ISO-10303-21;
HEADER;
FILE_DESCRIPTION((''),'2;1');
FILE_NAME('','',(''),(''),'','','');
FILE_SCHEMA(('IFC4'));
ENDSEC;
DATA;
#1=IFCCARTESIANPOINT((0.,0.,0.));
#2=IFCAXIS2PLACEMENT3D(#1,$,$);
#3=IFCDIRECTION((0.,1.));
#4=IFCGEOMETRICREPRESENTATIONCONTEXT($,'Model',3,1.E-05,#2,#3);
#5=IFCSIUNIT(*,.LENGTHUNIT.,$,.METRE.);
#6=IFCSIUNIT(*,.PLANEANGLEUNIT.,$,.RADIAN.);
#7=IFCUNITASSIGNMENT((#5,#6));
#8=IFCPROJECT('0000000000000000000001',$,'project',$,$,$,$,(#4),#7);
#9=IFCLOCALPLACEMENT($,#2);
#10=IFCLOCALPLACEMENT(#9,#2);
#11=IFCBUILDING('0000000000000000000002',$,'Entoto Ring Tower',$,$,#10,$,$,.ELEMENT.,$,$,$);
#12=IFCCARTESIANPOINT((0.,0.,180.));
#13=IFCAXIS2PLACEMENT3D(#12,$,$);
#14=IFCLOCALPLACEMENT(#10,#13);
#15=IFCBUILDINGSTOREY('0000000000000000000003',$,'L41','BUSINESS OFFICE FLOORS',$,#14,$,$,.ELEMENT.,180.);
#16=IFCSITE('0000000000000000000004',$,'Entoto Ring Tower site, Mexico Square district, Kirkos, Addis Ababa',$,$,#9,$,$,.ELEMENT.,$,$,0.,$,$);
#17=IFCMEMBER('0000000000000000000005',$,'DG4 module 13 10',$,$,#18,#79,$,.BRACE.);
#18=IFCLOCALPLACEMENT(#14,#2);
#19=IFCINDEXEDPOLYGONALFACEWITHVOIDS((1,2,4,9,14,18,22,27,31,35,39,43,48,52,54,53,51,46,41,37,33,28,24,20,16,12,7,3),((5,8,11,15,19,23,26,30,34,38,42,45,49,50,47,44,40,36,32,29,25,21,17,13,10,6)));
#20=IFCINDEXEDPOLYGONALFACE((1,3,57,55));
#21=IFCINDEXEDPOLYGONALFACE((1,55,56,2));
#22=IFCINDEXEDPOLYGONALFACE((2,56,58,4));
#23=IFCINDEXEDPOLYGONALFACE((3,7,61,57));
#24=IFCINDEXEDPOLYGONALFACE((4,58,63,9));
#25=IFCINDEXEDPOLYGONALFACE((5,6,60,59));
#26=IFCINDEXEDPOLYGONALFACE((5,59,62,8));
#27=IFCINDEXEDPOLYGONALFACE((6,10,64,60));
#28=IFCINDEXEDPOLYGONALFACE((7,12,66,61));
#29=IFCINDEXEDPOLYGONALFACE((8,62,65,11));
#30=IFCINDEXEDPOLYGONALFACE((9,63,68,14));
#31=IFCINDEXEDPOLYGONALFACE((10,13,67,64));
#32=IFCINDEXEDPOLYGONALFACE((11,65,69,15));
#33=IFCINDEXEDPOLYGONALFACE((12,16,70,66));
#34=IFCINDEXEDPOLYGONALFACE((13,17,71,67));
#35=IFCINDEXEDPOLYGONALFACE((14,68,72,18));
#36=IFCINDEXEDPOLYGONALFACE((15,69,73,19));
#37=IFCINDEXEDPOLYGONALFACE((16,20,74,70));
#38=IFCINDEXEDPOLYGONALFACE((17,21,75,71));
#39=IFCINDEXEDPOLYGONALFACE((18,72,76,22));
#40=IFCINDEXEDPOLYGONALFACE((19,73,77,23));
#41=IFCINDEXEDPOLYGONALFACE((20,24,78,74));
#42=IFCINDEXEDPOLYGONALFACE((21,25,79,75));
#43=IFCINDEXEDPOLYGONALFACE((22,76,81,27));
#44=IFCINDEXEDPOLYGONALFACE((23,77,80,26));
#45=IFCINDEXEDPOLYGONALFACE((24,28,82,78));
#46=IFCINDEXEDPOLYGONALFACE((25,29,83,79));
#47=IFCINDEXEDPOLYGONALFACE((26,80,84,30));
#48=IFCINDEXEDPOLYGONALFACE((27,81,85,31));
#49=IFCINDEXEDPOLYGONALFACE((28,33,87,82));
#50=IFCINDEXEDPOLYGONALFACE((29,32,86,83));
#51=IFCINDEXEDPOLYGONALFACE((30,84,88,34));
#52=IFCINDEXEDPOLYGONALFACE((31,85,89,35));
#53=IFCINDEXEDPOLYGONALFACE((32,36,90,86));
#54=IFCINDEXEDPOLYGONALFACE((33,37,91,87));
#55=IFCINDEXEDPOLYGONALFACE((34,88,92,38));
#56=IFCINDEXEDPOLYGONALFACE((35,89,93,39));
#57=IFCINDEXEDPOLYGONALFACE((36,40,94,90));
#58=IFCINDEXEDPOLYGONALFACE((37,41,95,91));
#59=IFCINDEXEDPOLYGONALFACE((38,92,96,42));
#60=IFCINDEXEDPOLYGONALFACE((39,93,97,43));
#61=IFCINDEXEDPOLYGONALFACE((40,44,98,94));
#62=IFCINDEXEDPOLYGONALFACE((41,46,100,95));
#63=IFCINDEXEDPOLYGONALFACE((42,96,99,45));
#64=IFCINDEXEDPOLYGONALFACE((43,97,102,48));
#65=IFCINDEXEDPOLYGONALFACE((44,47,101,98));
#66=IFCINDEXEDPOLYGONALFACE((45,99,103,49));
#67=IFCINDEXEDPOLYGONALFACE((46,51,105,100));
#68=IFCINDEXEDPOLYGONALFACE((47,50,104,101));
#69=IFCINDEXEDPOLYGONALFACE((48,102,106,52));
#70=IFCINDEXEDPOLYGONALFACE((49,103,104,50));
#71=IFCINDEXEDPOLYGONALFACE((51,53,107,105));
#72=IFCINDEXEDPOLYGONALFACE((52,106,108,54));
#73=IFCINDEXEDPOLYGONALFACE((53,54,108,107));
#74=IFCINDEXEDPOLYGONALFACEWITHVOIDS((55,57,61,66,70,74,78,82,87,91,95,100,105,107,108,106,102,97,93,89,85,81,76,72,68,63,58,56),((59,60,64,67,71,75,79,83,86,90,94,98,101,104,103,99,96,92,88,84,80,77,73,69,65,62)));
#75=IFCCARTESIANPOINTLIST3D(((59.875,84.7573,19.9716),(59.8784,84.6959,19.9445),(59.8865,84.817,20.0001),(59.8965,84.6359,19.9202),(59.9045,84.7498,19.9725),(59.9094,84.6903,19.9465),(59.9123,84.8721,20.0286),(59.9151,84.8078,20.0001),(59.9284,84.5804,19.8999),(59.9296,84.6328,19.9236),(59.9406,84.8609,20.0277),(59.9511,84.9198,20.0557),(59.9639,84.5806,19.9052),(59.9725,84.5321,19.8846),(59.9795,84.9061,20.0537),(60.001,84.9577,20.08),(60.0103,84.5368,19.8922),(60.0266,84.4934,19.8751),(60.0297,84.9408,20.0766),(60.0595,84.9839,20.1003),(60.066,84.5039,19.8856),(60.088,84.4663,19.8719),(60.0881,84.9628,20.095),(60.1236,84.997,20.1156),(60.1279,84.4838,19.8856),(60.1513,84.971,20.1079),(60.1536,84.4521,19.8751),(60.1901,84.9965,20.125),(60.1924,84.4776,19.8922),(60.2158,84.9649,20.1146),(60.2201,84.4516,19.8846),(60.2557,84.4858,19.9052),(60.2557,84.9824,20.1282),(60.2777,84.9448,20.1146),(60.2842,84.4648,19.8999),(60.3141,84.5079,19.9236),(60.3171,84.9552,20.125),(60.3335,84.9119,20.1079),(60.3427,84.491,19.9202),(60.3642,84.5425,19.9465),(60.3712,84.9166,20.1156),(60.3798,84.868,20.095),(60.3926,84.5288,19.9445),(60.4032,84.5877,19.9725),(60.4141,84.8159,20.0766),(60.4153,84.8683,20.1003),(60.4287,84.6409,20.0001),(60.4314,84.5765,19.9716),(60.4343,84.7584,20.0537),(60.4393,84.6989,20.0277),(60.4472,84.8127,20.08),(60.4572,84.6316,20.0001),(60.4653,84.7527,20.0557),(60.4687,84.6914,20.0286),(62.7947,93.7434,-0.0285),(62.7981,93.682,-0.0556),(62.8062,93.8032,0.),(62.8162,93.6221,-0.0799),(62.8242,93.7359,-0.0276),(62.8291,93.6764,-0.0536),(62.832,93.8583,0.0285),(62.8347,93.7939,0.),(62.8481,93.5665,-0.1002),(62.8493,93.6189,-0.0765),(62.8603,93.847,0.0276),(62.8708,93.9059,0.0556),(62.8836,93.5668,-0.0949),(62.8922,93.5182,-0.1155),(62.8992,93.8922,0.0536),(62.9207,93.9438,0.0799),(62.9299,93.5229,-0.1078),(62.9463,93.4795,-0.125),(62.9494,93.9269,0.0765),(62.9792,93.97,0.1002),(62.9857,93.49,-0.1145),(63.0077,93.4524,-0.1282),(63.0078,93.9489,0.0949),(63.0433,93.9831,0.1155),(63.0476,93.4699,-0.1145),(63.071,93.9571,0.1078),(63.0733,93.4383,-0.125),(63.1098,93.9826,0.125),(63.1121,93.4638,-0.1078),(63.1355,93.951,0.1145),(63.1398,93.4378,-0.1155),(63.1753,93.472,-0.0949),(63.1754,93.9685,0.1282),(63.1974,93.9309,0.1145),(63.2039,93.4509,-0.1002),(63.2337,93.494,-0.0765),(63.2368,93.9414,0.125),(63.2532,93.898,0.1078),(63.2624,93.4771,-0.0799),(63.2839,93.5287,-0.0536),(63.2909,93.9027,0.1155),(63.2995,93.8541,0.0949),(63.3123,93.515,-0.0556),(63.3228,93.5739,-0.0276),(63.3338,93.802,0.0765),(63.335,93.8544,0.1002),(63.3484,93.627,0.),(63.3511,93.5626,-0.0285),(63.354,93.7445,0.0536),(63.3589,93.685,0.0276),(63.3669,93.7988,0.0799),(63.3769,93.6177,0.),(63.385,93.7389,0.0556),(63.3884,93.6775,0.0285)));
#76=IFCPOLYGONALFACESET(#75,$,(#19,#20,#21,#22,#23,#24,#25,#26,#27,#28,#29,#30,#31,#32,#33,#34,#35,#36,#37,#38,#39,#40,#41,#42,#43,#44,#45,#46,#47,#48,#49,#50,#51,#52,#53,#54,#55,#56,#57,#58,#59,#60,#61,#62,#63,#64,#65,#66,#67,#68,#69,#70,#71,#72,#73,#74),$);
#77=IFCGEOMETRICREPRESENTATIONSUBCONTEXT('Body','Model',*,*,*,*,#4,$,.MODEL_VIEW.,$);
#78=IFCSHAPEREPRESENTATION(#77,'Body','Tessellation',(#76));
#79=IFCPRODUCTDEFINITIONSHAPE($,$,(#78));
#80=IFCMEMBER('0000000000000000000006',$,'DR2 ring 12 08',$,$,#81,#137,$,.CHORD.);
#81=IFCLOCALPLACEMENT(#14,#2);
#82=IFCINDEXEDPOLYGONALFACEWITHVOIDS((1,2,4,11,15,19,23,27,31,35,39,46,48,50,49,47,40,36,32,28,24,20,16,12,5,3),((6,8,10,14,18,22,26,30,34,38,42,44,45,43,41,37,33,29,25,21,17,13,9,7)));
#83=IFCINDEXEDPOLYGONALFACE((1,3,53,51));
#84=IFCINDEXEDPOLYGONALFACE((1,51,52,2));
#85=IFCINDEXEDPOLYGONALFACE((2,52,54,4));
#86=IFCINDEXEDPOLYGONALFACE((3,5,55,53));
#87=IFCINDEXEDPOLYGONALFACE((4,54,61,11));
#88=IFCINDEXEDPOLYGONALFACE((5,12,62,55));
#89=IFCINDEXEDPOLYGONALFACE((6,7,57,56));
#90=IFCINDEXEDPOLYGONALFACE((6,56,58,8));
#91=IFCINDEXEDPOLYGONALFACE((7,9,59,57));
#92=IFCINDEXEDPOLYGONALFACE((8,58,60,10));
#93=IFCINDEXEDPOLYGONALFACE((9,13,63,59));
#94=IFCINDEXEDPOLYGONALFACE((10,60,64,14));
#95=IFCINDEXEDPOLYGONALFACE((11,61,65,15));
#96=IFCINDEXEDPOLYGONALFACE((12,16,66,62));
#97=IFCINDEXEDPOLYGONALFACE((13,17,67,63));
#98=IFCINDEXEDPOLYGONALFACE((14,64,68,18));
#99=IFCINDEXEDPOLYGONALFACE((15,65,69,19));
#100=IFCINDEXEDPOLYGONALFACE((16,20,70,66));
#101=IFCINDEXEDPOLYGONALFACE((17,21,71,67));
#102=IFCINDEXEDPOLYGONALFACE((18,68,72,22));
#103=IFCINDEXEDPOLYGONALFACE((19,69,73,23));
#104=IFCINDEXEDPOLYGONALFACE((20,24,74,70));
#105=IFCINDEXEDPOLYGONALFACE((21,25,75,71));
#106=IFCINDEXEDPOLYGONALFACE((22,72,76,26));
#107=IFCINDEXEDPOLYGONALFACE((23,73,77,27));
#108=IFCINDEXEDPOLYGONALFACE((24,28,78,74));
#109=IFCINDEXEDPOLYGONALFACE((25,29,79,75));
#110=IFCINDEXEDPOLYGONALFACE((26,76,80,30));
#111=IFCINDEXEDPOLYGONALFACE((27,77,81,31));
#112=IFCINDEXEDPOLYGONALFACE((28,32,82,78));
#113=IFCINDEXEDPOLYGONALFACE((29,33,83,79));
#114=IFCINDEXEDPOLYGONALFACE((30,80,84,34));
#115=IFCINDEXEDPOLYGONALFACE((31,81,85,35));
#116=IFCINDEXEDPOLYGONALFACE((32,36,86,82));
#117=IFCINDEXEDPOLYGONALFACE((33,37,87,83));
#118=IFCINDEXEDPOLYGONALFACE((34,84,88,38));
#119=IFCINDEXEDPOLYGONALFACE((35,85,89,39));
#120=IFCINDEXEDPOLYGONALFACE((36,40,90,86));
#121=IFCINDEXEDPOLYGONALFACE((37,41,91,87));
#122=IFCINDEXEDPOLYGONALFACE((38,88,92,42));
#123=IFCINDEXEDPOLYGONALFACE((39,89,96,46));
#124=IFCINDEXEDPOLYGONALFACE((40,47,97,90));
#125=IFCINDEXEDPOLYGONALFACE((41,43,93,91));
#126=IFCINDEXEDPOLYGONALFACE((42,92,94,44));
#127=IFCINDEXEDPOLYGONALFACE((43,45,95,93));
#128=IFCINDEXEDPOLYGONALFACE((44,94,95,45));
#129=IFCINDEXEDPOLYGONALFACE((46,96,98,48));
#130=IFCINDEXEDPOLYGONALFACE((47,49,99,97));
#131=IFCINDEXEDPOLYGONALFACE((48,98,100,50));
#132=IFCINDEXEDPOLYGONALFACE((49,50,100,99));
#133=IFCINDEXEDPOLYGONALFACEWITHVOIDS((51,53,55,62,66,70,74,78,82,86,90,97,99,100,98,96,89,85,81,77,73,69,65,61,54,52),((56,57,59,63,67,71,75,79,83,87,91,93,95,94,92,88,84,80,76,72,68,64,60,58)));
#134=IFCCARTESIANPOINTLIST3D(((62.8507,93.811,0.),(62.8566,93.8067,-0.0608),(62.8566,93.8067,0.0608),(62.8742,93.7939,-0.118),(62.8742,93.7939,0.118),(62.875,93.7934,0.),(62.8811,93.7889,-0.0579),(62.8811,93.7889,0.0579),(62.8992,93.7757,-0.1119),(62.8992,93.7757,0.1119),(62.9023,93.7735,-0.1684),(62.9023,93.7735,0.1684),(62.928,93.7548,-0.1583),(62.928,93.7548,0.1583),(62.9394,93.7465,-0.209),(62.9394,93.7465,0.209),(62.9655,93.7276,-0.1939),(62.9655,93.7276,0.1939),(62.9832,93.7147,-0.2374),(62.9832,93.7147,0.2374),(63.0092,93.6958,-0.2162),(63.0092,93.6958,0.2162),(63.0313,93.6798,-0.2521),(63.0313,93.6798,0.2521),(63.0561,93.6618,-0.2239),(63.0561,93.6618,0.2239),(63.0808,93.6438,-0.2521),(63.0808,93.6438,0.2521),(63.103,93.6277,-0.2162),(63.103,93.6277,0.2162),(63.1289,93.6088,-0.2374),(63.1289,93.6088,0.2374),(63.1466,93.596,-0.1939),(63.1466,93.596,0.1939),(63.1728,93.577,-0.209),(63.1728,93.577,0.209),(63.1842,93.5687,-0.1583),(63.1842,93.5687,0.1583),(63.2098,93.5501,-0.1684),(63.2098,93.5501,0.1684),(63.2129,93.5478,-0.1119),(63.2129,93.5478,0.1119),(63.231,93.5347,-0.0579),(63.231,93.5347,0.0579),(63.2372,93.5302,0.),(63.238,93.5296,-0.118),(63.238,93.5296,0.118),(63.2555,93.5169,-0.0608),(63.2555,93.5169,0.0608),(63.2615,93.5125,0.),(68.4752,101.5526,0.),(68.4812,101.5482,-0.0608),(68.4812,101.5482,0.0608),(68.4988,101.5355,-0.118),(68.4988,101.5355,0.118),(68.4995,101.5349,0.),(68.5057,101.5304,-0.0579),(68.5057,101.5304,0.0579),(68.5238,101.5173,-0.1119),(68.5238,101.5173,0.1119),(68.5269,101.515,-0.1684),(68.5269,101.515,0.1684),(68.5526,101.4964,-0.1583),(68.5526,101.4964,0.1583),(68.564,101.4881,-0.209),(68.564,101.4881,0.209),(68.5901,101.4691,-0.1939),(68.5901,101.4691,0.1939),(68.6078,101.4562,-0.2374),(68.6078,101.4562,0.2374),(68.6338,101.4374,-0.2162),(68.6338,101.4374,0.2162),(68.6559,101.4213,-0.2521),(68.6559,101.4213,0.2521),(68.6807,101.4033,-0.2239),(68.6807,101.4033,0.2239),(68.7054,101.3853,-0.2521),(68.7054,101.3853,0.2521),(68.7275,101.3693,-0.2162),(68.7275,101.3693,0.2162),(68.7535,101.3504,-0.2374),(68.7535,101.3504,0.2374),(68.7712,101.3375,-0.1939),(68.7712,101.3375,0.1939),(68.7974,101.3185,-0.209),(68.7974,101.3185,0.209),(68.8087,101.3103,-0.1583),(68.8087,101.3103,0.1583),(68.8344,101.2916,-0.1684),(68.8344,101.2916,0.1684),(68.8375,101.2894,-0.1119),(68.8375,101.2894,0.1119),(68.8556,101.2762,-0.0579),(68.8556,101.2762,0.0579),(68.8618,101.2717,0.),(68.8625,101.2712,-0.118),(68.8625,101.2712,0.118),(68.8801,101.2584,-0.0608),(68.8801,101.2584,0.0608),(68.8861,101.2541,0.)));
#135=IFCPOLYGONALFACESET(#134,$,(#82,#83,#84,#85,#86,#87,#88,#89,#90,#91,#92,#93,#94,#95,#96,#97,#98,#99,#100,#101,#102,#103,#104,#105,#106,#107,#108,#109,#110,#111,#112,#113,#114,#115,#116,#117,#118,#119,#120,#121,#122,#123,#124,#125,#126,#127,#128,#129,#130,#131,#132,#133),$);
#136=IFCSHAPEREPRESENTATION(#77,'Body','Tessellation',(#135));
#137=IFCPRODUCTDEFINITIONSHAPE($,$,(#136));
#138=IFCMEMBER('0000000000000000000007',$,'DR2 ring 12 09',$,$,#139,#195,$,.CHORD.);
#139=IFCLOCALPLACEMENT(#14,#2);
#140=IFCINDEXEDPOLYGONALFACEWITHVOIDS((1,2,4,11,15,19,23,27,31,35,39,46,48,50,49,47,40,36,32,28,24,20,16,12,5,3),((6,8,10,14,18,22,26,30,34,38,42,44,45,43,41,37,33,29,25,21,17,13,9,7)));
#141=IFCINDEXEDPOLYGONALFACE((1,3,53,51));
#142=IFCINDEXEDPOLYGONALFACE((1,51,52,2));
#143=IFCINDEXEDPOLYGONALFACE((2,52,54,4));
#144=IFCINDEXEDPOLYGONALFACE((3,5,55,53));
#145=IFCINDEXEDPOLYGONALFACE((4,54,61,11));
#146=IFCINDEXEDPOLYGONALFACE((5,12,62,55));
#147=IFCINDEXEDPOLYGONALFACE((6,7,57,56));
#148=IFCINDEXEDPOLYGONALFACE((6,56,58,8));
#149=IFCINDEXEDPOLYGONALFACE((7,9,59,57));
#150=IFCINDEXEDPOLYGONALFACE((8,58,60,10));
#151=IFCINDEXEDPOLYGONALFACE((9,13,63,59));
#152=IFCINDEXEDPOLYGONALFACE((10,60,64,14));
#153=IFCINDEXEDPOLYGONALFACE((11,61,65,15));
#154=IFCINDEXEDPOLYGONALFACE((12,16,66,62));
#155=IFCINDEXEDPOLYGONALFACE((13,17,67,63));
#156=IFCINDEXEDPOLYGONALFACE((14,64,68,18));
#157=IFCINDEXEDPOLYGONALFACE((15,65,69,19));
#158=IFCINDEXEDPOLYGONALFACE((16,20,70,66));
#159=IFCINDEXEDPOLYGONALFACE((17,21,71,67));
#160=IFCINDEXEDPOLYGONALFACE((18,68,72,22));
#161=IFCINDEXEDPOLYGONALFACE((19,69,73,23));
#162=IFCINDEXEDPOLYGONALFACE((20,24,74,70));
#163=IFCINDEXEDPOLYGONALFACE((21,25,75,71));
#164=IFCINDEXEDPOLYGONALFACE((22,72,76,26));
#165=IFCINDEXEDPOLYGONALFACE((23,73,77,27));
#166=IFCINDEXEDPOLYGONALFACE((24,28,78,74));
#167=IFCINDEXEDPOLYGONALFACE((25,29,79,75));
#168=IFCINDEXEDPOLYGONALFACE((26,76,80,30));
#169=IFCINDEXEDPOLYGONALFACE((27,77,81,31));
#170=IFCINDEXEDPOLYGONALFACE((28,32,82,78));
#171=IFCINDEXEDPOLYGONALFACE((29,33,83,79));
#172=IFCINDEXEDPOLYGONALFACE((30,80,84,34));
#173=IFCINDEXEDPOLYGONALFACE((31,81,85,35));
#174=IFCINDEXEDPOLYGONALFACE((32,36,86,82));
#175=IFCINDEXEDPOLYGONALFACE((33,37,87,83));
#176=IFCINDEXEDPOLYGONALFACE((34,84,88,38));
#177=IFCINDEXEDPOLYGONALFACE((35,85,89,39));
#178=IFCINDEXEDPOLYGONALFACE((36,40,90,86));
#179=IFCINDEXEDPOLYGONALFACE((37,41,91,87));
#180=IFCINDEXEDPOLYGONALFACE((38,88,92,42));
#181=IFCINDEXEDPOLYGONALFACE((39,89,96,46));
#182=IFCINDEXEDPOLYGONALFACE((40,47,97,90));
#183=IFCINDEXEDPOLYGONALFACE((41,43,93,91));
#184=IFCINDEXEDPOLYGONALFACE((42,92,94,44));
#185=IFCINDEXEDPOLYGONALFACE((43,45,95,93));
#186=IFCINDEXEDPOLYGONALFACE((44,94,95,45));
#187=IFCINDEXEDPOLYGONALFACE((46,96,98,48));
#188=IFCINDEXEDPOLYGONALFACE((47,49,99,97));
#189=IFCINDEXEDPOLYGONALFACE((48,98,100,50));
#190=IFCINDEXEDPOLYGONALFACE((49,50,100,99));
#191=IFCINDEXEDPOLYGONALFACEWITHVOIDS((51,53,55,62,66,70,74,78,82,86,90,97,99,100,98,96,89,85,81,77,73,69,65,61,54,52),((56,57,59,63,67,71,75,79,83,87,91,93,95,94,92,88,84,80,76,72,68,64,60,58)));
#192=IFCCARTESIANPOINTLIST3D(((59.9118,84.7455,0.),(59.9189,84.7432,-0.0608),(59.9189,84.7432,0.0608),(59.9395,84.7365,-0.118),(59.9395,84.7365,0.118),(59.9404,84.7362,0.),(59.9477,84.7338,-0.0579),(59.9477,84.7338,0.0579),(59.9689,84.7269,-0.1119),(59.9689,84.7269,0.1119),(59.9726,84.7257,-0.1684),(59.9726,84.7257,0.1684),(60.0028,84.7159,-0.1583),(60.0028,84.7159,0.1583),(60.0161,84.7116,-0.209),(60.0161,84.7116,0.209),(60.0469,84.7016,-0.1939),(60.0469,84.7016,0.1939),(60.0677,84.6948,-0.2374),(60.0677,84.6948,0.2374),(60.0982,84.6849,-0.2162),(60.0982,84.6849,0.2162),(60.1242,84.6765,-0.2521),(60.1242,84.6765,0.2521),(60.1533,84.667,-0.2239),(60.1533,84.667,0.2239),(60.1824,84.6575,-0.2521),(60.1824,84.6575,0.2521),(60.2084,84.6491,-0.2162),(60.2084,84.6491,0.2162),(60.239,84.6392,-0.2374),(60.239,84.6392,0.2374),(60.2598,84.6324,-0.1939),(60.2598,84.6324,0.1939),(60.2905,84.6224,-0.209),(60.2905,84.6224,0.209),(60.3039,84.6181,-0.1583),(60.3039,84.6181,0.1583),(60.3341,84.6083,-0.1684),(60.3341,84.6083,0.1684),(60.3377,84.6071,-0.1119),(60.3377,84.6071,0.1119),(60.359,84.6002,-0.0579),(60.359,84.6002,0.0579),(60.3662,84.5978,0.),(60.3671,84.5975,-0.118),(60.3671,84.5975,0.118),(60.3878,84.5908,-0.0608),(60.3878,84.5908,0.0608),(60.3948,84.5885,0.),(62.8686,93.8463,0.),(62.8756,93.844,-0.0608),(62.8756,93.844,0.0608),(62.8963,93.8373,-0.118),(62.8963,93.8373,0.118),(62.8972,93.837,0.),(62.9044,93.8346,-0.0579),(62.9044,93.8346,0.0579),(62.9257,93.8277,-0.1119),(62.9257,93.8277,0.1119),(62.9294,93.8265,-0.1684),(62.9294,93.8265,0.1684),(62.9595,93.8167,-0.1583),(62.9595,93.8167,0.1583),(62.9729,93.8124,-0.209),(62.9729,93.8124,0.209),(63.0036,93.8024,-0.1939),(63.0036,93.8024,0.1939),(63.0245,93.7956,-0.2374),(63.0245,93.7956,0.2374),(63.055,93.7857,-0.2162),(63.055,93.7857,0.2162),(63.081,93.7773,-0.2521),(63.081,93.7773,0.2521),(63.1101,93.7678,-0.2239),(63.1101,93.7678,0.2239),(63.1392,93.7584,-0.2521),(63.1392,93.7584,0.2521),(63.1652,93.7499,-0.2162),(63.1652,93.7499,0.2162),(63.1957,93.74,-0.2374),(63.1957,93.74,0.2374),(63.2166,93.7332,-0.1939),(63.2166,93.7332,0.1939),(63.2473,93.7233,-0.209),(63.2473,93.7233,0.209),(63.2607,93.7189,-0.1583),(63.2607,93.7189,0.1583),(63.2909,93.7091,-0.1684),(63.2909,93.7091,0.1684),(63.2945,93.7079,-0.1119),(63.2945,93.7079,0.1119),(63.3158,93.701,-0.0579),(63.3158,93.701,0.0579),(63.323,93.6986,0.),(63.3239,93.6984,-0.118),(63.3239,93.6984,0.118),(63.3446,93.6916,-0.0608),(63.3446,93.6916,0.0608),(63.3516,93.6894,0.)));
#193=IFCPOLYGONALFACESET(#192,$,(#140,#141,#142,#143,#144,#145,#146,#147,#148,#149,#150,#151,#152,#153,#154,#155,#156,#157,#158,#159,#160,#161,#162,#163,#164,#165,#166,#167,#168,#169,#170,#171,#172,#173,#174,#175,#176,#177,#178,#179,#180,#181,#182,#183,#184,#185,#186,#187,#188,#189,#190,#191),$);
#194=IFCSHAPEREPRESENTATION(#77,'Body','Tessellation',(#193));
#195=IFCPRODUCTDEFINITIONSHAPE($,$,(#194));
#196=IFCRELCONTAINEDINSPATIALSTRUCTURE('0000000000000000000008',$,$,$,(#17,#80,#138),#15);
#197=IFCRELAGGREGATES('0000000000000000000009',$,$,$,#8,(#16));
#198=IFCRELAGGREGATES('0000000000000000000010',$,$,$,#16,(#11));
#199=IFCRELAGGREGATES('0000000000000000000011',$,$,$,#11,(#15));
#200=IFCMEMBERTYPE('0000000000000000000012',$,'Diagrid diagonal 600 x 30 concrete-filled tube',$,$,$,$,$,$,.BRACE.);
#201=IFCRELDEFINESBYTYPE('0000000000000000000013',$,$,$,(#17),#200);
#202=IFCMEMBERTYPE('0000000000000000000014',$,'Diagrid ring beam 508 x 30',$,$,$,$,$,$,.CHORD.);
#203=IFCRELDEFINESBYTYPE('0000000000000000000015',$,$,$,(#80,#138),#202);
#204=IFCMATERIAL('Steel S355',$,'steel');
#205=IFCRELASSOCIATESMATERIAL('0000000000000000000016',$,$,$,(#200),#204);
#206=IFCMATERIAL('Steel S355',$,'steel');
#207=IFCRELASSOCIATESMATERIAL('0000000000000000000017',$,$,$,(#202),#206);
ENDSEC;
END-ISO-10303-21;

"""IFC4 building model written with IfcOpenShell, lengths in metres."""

from ifc_helpers import new_model, si_unit, direction, frame, origin, origin_2d, place, context, subcontext, project, spatial, circle, hollow_circle, extrude, material, material_profile, profile_set, type_object, element, save


model = new_model("IFC4")

# Units and contexts
model_context = context("Model", 3, precision=1e-05, world=origin(), true_north=direction((0.0, 1.0)))
body_context = subcontext(model_context, "Body", "Model", "MODEL_VIEW")
ifc_project = project(units=[si_unit("LENGTHUNIT", "METRE"), si_unit("PLANEANGLEUNIT", "RADIAN")], contexts=[model_context])

# Site, building, storey
site_placement = place(None, origin())
site = spatial("IfcSite", under=ifc_project, at=site_placement, Name="Entoto Ring Tower site, Mexico Square district, Kirkos, Addis Ababa", CompositionType="ELEMENT", RefElevation=0.0)
building_placement = place(site_placement, origin())
building = spatial("IfcBuilding", under=site, at=building_placement, Name="Entoto Ring Tower", CompositionType="ELEMENT")
storey_placement = place(building_placement, frame((0.0, 0.0, 180.0)))
storey = spatial("IfcBuildingStorey", under=building, at=storey_placement, Name="L41", Description="BUSINESS OFFICE FLOORS", CompositionType="ELEMENT", Elevation=180.0)

# Members
ifc_material_1 = material(Name="Steel S355", Category="steel")
ifc_material_profile_1 = material_profile(ifc_material_1, hollow_circle(Radius=0.3, WallThickness=0.03, at=origin_2d()), Name="CHS 600 x 30")
ifc_material_2 = material(Name="Concrete C60/75", Category="concrete")
ifc_material_profile_2 = material_profile(ifc_material_2, circle(Radius=0.27, at=origin_2d()), Name="Concrete C60/75 infill")
ifc_profile_set_1 = profile_set([ifc_material_profile_1, ifc_material_profile_2], Name="Steel S355")
member_type_1 = type_object("IfcMemberType", Name="Diagrid diagonal 600 x 30 concrete-filled tube", PredefinedType="BRACE", material=ifc_profile_set_1)
for number, where, z_axis, x_axis, name in (
    (1, (63.0916, 93.7104, 0.0), (-0.131995, -0.406251, 0.904178), (0.951059, -0.30901, 0.0), "DG4 module 13 10"),
):
    element("IfcMember", number, at=place(storey_placement, frame(where, z_axis=z_axis, x_axis=x_axis)), inside=storey, type_object=member_type_1, Name=name, PredefinedType="BRACE", context=body_context, shape_type="SweptSolid", body=[
        extrude(hollow_circle(Radius=0.3, WallThickness=0.03, at=origin_2d()), origin(), (0.0, 0.0, 1.0), 22.1196),
    ])
ifc_material_3 = material(Name="Steel S355", Category="steel")
ifc_material_profile_3 = material_profile(ifc_material_3, hollow_circle(Radius=0.2539, WallThickness=0.03, at=origin_2d()), Name="CHS 508 x 30")
ifc_material_4 = material(Name="Concrete C60/75", Category="concrete")
ifc_material_profile_4 = material_profile(ifc_material_4, circle(Radius=0.2241, at=origin_2d()), Name="Concrete C60/75 infill")
ifc_profile_set_2 = profile_set([ifc_material_profile_3, ifc_material_profile_4], Name="Steel S355")
member_type_2 = type_object("IfcMemberType", Name="Diagrid ring beam 508 x 30", PredefinedType="CHORD", material=ifc_profile_set_2)
for number, where, z_axis, x_axis, name in (
    (2, (68.6807, 101.4033, 0.0), (-0.587786, -0.809016, 0.0), (0.809016, -0.587786, 0.0), "DR2 ring 12 08"),
    (3, (63.1101, 93.7678, 0.0), (-0.308993, -0.951064, 0.0), (0.951064, -0.308993, 0.0), "DR2 ring 12 09"),
):
    element("IfcMember", number, at=place(storey_placement, frame(where, z_axis=z_axis, x_axis=x_axis)), inside=storey, type_object=member_type_2, Name=name, PredefinedType="CHORD", context=body_context, shape_type="SweptSolid", body=[
        extrude(hollow_circle(Radius=0.2539, WallThickness=0.03, at=origin_2d()), origin(), (0.0, 0.0, 1.0), 9.5691),
    ])

save(model, "model.ifc")
